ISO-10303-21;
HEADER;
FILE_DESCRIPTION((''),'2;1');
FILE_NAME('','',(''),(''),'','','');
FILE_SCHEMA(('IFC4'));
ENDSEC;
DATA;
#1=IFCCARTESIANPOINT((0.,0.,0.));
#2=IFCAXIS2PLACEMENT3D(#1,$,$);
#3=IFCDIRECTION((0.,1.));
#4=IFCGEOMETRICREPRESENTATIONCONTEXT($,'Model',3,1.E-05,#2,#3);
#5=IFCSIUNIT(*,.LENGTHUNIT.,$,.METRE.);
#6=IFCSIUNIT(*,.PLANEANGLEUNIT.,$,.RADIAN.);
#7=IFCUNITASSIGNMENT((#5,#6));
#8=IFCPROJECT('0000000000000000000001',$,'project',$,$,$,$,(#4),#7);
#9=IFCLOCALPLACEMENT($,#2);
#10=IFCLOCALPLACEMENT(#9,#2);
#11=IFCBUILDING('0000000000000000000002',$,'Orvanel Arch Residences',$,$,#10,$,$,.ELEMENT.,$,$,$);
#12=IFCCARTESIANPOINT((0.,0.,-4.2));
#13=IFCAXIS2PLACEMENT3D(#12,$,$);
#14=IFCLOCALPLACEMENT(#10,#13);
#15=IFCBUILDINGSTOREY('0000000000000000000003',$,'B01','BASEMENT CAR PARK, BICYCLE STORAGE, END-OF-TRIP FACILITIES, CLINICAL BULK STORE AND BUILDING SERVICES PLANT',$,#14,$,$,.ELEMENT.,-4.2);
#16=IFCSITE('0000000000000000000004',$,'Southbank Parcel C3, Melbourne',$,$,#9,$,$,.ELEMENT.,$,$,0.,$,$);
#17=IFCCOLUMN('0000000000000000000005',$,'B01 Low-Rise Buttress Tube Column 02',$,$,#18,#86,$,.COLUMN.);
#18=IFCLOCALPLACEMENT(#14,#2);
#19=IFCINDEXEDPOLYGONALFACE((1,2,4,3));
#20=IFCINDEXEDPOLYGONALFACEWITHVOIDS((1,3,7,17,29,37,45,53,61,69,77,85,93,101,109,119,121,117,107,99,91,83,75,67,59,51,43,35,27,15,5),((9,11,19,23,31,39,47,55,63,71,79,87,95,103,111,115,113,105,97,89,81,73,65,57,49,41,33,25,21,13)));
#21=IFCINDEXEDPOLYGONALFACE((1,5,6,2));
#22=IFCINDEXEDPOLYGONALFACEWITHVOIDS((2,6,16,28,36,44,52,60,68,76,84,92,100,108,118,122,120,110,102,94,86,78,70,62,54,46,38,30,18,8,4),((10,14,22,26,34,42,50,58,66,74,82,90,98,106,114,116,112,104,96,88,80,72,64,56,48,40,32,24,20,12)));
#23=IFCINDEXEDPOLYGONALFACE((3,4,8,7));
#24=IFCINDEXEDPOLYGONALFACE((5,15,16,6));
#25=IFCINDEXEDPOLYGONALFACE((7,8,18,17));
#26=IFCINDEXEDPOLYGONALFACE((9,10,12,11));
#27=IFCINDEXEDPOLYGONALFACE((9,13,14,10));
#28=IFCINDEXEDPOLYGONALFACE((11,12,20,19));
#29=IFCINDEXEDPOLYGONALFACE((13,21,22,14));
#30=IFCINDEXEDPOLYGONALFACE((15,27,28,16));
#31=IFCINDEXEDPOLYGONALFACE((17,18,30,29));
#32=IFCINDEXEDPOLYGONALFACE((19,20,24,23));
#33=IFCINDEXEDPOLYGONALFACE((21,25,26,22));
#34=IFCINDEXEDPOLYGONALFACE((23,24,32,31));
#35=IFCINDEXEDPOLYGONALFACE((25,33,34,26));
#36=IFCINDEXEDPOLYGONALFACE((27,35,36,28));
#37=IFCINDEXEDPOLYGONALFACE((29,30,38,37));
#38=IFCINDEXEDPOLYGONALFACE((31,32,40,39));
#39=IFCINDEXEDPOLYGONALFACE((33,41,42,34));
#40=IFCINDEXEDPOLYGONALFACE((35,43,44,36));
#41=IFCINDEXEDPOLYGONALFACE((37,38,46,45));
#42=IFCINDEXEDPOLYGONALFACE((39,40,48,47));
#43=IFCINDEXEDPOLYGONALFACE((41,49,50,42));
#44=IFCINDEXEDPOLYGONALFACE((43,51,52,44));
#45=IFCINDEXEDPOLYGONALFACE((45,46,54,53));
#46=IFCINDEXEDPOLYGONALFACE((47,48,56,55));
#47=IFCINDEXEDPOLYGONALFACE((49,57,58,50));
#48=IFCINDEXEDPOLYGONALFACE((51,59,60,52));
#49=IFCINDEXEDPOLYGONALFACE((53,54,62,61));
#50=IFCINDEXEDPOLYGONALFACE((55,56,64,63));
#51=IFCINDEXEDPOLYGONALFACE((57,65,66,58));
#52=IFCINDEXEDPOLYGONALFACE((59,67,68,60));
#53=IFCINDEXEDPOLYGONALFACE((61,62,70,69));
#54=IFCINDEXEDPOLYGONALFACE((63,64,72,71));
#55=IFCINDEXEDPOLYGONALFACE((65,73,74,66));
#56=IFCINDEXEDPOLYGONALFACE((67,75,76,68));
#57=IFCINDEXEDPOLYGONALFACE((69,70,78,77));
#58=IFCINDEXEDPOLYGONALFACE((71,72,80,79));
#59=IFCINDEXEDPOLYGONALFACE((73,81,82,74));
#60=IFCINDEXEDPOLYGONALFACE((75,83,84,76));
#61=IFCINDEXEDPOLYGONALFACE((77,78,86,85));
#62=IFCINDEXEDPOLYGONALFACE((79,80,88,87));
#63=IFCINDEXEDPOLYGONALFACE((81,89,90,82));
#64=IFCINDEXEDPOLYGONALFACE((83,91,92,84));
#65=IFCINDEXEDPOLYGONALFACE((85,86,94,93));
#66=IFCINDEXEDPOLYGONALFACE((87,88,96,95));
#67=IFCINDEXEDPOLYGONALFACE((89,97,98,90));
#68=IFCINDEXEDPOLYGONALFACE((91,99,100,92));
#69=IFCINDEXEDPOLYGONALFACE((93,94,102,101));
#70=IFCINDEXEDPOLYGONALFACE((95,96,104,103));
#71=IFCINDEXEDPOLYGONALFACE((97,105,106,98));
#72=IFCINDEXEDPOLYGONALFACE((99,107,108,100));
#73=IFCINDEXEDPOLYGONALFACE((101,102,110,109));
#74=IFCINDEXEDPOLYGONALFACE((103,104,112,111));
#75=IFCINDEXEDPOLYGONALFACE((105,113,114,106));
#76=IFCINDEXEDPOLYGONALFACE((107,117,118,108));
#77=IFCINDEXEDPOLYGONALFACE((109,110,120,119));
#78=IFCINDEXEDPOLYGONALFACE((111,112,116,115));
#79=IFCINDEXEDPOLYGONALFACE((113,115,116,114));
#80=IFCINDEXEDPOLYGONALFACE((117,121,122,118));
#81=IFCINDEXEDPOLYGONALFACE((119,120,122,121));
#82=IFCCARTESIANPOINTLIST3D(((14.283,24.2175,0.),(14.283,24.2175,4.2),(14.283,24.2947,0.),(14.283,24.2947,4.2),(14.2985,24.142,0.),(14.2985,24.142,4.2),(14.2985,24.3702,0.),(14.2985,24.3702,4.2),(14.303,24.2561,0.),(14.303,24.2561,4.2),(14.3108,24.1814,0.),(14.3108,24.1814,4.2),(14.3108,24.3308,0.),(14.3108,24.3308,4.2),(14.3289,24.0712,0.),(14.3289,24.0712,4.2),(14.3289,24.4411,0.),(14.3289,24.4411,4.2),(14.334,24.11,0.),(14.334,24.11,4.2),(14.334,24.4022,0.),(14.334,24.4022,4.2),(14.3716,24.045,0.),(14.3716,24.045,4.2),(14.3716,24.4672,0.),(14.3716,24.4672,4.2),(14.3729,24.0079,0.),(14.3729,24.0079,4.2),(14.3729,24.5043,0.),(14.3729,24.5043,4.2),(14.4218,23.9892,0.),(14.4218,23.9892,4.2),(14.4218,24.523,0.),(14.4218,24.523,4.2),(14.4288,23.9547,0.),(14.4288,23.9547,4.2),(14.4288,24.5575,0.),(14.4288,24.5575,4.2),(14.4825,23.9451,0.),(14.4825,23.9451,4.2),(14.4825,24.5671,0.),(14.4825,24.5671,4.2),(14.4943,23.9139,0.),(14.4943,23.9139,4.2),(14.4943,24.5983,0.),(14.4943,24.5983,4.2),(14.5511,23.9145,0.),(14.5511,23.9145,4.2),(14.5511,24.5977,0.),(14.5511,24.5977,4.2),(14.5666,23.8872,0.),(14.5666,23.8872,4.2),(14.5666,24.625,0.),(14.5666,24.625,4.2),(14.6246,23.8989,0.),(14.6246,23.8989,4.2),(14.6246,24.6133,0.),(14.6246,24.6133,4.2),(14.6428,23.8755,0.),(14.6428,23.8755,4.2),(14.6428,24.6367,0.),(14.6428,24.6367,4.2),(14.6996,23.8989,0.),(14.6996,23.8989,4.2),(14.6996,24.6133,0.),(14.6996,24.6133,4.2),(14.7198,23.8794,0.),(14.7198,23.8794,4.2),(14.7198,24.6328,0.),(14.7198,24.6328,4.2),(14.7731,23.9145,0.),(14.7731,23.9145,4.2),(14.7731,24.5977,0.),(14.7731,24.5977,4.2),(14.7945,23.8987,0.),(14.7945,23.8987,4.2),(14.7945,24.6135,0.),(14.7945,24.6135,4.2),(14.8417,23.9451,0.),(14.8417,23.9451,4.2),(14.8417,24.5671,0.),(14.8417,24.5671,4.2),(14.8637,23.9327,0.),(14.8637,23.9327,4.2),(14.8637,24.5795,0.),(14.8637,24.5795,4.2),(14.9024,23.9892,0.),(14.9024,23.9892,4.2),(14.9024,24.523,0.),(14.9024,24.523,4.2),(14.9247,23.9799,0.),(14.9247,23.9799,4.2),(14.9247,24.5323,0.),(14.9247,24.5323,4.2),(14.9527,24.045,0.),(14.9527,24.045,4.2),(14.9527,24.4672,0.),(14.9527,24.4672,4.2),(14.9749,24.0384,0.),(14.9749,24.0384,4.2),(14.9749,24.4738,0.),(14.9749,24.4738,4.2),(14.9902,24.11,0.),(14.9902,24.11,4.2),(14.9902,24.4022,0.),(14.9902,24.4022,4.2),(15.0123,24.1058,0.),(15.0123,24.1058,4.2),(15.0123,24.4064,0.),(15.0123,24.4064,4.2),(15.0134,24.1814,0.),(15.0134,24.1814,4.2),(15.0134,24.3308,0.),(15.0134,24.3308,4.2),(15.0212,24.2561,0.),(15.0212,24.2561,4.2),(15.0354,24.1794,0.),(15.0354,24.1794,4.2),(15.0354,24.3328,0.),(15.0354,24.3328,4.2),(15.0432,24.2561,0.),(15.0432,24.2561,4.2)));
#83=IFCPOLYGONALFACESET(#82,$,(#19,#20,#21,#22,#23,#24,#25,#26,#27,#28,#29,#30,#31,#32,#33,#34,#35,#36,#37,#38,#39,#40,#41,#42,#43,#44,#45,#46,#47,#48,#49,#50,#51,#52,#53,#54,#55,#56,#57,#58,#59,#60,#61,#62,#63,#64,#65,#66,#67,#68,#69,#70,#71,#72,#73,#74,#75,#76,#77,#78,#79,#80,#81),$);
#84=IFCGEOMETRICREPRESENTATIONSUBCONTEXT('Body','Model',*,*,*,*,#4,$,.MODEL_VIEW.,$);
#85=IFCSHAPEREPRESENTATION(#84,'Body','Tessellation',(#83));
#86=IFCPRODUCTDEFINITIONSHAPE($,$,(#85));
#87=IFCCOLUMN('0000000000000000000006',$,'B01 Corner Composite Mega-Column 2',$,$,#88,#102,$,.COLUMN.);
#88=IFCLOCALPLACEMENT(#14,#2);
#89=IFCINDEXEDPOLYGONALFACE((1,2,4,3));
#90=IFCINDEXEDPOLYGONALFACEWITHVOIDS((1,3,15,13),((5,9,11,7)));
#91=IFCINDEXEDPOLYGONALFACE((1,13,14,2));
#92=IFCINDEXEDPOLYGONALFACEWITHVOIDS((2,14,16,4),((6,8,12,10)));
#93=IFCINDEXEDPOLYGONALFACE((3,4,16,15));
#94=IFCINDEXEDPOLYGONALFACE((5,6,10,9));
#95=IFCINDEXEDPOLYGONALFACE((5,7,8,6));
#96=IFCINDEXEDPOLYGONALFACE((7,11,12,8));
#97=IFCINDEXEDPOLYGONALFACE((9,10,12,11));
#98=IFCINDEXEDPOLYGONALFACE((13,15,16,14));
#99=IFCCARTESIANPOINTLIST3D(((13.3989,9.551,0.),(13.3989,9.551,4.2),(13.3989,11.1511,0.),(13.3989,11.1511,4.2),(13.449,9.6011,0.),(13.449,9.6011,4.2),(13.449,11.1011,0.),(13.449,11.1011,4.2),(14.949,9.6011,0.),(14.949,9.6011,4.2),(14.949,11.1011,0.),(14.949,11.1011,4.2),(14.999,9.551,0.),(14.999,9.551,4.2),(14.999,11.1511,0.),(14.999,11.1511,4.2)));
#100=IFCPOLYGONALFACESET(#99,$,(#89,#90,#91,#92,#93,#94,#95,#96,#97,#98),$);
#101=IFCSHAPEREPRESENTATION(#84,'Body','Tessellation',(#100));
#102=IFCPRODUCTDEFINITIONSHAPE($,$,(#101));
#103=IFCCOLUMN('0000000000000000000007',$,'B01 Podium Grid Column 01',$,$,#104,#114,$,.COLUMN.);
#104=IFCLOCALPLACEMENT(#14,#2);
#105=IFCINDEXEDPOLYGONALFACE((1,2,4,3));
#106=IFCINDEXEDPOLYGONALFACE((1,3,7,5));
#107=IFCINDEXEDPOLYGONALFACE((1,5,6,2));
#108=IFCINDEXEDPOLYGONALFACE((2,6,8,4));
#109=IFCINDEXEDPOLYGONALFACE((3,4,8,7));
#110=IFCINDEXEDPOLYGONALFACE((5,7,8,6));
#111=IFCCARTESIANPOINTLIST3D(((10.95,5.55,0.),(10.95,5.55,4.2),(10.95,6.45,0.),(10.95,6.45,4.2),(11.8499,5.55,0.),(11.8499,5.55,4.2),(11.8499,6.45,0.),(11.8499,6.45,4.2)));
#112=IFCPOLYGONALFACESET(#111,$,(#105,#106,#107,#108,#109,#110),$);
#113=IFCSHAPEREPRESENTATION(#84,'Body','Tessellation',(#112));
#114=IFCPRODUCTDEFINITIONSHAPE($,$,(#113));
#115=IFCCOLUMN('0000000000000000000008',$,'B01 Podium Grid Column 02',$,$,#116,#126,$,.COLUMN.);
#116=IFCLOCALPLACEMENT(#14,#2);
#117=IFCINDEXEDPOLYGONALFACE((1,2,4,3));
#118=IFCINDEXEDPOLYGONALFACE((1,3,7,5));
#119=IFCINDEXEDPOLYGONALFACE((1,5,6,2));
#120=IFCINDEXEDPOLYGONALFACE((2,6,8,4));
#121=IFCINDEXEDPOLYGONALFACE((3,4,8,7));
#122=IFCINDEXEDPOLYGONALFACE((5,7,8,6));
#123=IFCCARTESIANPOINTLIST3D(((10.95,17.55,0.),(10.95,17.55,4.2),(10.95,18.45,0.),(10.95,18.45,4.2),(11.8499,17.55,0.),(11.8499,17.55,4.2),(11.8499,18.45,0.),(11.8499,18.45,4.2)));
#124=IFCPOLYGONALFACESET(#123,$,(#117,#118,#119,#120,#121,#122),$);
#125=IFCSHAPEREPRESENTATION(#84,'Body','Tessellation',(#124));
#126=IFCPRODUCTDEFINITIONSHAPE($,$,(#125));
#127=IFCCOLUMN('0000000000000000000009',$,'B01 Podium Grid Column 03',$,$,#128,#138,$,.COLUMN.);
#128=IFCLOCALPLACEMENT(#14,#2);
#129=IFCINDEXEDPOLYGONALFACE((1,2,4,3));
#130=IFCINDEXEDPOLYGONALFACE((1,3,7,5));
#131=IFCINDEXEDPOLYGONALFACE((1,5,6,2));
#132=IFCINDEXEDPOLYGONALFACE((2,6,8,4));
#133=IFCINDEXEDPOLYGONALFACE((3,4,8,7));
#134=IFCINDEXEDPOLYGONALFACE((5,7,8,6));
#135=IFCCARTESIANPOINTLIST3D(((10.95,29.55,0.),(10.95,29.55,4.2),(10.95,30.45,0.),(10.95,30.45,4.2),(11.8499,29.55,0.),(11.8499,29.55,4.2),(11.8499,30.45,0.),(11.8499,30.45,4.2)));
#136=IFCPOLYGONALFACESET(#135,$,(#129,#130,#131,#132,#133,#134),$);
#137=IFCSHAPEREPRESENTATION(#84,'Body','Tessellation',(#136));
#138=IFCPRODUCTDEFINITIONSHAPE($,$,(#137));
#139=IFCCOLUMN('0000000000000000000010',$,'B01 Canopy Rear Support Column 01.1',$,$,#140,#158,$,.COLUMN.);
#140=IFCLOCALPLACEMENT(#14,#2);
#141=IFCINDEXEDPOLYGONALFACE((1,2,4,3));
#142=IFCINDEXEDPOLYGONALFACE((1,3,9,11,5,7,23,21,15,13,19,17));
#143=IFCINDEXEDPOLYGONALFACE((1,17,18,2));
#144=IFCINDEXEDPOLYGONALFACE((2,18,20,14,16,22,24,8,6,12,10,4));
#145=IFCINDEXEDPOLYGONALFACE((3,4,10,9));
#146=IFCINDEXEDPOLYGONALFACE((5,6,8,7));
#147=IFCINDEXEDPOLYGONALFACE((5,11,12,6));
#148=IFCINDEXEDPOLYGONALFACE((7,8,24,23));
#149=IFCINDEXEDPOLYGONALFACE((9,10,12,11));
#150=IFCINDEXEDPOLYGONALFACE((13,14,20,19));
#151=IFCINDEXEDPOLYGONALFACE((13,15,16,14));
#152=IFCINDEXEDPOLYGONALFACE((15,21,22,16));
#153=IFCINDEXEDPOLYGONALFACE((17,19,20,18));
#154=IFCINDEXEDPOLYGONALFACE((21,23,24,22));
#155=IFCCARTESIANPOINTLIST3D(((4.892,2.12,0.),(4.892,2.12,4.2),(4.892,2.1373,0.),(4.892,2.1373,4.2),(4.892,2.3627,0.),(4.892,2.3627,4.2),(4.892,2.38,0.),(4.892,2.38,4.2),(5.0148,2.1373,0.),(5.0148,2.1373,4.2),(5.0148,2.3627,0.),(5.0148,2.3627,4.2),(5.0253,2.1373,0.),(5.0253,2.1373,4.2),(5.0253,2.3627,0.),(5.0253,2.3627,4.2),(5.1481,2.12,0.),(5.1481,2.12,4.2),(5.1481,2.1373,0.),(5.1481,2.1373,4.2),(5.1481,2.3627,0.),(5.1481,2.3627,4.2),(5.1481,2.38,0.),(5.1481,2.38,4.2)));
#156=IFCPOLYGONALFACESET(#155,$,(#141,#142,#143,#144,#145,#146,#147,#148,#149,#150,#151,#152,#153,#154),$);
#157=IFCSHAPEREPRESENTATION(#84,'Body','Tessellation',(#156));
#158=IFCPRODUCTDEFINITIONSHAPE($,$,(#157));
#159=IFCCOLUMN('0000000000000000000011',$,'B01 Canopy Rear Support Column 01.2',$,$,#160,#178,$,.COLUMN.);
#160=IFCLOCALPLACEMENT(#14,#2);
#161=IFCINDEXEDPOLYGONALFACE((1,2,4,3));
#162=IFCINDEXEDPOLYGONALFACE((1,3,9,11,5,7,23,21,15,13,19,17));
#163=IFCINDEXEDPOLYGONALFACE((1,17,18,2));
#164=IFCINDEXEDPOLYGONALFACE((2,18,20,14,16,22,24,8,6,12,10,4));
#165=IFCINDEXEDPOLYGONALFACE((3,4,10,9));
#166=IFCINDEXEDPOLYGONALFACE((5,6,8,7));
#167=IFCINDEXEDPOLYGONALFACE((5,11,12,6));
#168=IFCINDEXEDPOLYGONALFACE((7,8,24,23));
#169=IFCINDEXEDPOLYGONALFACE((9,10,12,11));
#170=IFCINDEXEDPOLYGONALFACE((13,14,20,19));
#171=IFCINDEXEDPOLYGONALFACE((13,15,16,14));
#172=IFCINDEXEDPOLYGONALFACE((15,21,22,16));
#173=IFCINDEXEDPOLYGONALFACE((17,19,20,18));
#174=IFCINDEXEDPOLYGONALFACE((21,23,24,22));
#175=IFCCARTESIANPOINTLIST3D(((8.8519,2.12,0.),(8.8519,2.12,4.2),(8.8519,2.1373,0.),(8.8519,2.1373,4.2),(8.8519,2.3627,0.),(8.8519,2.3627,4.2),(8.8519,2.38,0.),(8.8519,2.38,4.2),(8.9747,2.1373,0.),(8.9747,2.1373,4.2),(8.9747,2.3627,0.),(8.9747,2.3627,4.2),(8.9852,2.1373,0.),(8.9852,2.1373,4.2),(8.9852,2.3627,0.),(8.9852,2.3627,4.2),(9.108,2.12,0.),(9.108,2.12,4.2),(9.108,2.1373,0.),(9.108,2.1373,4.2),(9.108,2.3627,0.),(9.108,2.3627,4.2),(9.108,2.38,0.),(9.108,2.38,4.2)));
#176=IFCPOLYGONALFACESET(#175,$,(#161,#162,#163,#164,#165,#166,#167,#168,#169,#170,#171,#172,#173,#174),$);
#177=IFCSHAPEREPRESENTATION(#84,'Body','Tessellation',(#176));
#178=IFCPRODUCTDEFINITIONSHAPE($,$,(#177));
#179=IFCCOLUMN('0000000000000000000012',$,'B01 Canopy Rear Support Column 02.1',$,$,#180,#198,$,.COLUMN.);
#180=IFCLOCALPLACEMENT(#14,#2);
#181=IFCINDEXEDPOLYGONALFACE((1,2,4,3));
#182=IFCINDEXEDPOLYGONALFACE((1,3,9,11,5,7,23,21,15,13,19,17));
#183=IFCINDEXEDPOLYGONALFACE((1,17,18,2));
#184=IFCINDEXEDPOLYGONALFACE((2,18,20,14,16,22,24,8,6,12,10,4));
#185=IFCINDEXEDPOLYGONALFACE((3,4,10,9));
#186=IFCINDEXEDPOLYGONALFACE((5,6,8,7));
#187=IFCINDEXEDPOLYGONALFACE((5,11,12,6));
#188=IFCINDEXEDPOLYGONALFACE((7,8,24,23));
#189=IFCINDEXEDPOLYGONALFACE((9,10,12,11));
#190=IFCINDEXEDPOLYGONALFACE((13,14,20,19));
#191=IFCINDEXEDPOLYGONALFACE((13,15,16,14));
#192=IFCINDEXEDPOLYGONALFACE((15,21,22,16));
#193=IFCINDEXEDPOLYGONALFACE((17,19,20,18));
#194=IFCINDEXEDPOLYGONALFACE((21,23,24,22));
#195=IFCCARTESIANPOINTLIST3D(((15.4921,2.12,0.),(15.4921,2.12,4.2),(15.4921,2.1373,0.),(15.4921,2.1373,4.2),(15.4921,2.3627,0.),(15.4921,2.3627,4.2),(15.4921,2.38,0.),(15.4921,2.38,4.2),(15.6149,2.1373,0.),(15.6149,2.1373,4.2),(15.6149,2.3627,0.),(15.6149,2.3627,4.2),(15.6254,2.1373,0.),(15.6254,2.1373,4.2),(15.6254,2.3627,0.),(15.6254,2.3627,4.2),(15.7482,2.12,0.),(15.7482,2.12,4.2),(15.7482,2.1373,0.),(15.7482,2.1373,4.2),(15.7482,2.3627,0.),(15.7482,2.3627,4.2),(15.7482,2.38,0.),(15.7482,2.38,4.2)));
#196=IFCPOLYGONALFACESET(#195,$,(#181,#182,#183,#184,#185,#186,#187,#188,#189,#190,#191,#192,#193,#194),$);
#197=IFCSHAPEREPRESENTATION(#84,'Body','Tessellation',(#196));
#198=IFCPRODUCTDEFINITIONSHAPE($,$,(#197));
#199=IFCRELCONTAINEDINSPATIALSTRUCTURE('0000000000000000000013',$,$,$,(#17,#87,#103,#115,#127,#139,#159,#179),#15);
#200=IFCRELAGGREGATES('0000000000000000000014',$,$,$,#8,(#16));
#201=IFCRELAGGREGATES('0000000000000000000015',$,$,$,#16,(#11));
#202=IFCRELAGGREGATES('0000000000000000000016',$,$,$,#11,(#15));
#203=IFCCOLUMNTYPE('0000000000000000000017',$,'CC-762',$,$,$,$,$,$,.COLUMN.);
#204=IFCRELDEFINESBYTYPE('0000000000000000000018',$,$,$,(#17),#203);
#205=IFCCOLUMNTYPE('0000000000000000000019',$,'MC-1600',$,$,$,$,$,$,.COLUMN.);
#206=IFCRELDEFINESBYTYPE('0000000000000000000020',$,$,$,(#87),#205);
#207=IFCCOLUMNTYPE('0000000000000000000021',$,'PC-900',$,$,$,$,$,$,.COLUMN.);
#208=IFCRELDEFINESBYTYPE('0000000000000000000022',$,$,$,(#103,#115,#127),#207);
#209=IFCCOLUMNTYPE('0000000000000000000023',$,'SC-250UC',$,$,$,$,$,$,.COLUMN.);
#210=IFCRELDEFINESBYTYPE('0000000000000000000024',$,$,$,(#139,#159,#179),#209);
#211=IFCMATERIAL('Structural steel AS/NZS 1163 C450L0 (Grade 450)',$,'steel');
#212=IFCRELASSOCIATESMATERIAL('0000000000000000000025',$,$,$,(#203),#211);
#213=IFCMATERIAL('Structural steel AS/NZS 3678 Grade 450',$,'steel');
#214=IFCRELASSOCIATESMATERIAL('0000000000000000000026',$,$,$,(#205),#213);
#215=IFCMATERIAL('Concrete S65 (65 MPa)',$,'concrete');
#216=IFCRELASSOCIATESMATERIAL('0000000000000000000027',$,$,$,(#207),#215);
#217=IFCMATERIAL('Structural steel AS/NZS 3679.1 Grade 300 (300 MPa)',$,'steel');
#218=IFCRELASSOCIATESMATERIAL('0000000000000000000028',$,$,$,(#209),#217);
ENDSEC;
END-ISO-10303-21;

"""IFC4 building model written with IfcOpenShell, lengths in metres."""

from ifc_helpers import new_model, si_unit, direction, frame, origin, origin_2d, place, context, subcontext, project, spatial, rectangle, hollow_rectangle, hollow_circle, i_section, extrude, material, material_profile, profile_set, type_object, element, save


model = new_model("IFC4")

# Units and contexts
model_context = context("Model", 3, precision=1e-05, world=origin(), true_north=direction((0.0, 1.0)))
body_context = subcontext(model_context, "Body", "Model", "MODEL_VIEW")
ifc_project = project(units=[si_unit("LENGTHUNIT", "METRE"), si_unit("PLANEANGLEUNIT", "RADIAN")], contexts=[model_context])

# Site, building, storey
site_placement = place(None, origin())
site = spatial("IfcSite", under=ifc_project, at=site_placement, Name="Southbank Parcel C3, Melbourne", CompositionType="ELEMENT", RefElevation=0.0)
building_placement = place(site_placement, origin())
building = spatial("IfcBuilding", under=site, at=building_placement, Name="Orvanel Arch Residences", CompositionType="ELEMENT")
storey_placement = place(building_placement, frame((0.0, 0.0, -4.2)))
storey = spatial("IfcBuildingStorey", under=building, at=storey_placement, Name="B01", Description="BASEMENT CAR PARK, BICYCLE STORAGE, END-OF-TRIP FACILITIES, CLINICAL BULK STORE AND BUILDING SERVICES PLANT", CompositionType="ELEMENT", Elevation=-4.2)

# Columns
ifc_material_1 = material(Name="Structural steel AS/NZS 1163 C450L0 (Grade 450)", Category="steel")
ifc_material_profile_1 = material_profile(ifc_material_1, hollow_circle(Radius=0.3811, WallThickness=0.022, at=origin_2d()), Name="CHS762x22")
ifc_profile_set_1 = profile_set([ifc_material_profile_1], Name="Structural steel AS/NZS 1163 C450L0 (Grade 450)")
column_type_1 = type_object("IfcColumnType", Name="CC-762", PredefinedType="COLUMN", material=ifc_profile_set_1)
column_1_placement = place(storey_placement, frame((14.6621, 24.2561, 0.0), z_axis=(0.0, 0.0, 1.0), x_axis=(1.0, 0.0, 0.0)))
element("IfcColumn", 1, at=column_1_placement, inside=storey, type_object=column_type_1, Name="B01 Low-Rise Buttress Tube Column 02", PredefinedType="COLUMN", context=body_context, shape_type="SweptSolid", body=[
    extrude(hollow_circle(Radius=0.3811, WallThickness=0.022, at=origin_2d()), origin(), (0.0, 0.0, 1.0), 4.2),
])
ifc_material_2 = material(Name="Structural steel AS/NZS 3678 Grade 450", Category="steel")
ifc_material_profile_2 = material_profile(ifc_material_2, hollow_rectangle(XDim=1.6001, YDim=1.6001, WallThickness=0.05, at=origin_2d()), Name="BOX1600x1600x50")
ifc_profile_set_2 = profile_set([ifc_material_profile_2], Name="Structural steel AS/NZS 3678 Grade 450")
column_type_2 = type_object("IfcColumnType", Name="MC-1600", PredefinedType="COLUMN", material=ifc_profile_set_2)
column_2_placement = place(storey_placement, frame((14.199, 10.3511, 0.0), z_axis=(0.0, 0.0, 1.0), x_axis=(1.0, 0.0, 0.0)))
element("IfcColumn", 2, at=column_2_placement, inside=storey, type_object=column_type_2, Name="B01 Corner Composite Mega-Column 2", PredefinedType="COLUMN", context=body_context, shape_type="SweptSolid", body=[
    extrude(hollow_rectangle(XDim=1.6001, YDim=1.6001, WallThickness=0.05, at=origin_2d()), origin(), (0.0, 0.0, 1.0), 4.2),
])
ifc_material_3 = material(Name="Concrete S65 (65 MPa)", Category="concrete")
ifc_material_profile_3 = material_profile(ifc_material_3, rectangle(XDim=0.8999, YDim=0.8999, at=origin_2d()), Name="RC900x900")
ifc_profile_set_3 = profile_set([ifc_material_profile_3], Name="Concrete S65 (65 MPa)")
column_type_3 = type_object("IfcColumnType", Name="PC-900", PredefinedType="COLUMN", material=ifc_profile_set_3)
for number, where, z_axis, x_axis, name in (
    (3, (11.3999, 6.0, 0.0), (0.0, 0.0, 1.0), (1.0, 0.0, 0.0), "B01 Podium Grid Column 01"),
    (4, (11.3999, 18.0, 0.0), (0.0, 0.0, 1.0), (1.0, 0.0, 0.0), "B01 Podium Grid Column 02"),
    (5, (11.3999, 30.0, 0.0), (0.0, 0.0, 1.0), (1.0, 0.0, 0.0), "B01 Podium Grid Column 03"),
):
    element("IfcColumn", number, at=place(storey_placement, frame(where, z_axis=z_axis, x_axis=x_axis)), inside=storey, type_object=column_type_3, Name=name, PredefinedType="COLUMN", context=body_context, shape_type="SweptSolid", body=[
        extrude(rectangle(XDim=0.8999, YDim=0.8999, at=origin_2d()), origin(), (0.0, 0.0, 1.0), 4.2),
    ])
ifc_material_4 = material(Name="Structural steel AS/NZS 3679.1 Grade 300 (300 MPa)", Category="steel")
ifc_material_profile_4 = material_profile(ifc_material_4, i_section(OverallWidth=0.2561, OverallDepth=0.26, WebThickness=0.0105, FlangeThickness=0.0173, at=origin_2d()), Name="250UC89.5")
ifc_profile_set_4 = profile_set([ifc_material_profile_4], Name="Structural steel AS/NZS 3679.1 Grade 300 (300 MPa)")
column_type_4 = type_object("IfcColumnType", Name="SC-250UC", PredefinedType="COLUMN", material=ifc_profile_set_4)
for number, where, z_axis, x_axis, name in (
    (6, (5.02, 2.25, 0.0), (0.0, 0.0, 1.0), (1.0, 0.0, 0.0), "B01 Canopy Rear Support Column 01.1"),
    (7, (8.98, 2.25, 0.0), (0.0, 0.0, 1.0), (1.0, 0.0, 0.0), "B01 Canopy Rear Support Column 01.2"),
    (8, (15.6201, 2.25, 0.0), (0.0, 0.0, 1.0), (1.0, 0.0, 0.0), "B01 Canopy Rear Support Column 02.1"),
):
    element("IfcColumn", number, at=place(storey_placement, frame(where, z_axis=z_axis, x_axis=x_axis)), inside=storey, type_object=column_type_4, Name=name, PredefinedType="COLUMN", context=body_context, shape_type="SweptSolid", body=[
        extrude(i_section(OverallWidth=0.2561, OverallDepth=0.26, WebThickness=0.0105, FlangeThickness=0.0173, at=origin_2d()), origin(), (0.0, 0.0, 1.0), 4.2),
    ])

save(model, "model.ifc")
